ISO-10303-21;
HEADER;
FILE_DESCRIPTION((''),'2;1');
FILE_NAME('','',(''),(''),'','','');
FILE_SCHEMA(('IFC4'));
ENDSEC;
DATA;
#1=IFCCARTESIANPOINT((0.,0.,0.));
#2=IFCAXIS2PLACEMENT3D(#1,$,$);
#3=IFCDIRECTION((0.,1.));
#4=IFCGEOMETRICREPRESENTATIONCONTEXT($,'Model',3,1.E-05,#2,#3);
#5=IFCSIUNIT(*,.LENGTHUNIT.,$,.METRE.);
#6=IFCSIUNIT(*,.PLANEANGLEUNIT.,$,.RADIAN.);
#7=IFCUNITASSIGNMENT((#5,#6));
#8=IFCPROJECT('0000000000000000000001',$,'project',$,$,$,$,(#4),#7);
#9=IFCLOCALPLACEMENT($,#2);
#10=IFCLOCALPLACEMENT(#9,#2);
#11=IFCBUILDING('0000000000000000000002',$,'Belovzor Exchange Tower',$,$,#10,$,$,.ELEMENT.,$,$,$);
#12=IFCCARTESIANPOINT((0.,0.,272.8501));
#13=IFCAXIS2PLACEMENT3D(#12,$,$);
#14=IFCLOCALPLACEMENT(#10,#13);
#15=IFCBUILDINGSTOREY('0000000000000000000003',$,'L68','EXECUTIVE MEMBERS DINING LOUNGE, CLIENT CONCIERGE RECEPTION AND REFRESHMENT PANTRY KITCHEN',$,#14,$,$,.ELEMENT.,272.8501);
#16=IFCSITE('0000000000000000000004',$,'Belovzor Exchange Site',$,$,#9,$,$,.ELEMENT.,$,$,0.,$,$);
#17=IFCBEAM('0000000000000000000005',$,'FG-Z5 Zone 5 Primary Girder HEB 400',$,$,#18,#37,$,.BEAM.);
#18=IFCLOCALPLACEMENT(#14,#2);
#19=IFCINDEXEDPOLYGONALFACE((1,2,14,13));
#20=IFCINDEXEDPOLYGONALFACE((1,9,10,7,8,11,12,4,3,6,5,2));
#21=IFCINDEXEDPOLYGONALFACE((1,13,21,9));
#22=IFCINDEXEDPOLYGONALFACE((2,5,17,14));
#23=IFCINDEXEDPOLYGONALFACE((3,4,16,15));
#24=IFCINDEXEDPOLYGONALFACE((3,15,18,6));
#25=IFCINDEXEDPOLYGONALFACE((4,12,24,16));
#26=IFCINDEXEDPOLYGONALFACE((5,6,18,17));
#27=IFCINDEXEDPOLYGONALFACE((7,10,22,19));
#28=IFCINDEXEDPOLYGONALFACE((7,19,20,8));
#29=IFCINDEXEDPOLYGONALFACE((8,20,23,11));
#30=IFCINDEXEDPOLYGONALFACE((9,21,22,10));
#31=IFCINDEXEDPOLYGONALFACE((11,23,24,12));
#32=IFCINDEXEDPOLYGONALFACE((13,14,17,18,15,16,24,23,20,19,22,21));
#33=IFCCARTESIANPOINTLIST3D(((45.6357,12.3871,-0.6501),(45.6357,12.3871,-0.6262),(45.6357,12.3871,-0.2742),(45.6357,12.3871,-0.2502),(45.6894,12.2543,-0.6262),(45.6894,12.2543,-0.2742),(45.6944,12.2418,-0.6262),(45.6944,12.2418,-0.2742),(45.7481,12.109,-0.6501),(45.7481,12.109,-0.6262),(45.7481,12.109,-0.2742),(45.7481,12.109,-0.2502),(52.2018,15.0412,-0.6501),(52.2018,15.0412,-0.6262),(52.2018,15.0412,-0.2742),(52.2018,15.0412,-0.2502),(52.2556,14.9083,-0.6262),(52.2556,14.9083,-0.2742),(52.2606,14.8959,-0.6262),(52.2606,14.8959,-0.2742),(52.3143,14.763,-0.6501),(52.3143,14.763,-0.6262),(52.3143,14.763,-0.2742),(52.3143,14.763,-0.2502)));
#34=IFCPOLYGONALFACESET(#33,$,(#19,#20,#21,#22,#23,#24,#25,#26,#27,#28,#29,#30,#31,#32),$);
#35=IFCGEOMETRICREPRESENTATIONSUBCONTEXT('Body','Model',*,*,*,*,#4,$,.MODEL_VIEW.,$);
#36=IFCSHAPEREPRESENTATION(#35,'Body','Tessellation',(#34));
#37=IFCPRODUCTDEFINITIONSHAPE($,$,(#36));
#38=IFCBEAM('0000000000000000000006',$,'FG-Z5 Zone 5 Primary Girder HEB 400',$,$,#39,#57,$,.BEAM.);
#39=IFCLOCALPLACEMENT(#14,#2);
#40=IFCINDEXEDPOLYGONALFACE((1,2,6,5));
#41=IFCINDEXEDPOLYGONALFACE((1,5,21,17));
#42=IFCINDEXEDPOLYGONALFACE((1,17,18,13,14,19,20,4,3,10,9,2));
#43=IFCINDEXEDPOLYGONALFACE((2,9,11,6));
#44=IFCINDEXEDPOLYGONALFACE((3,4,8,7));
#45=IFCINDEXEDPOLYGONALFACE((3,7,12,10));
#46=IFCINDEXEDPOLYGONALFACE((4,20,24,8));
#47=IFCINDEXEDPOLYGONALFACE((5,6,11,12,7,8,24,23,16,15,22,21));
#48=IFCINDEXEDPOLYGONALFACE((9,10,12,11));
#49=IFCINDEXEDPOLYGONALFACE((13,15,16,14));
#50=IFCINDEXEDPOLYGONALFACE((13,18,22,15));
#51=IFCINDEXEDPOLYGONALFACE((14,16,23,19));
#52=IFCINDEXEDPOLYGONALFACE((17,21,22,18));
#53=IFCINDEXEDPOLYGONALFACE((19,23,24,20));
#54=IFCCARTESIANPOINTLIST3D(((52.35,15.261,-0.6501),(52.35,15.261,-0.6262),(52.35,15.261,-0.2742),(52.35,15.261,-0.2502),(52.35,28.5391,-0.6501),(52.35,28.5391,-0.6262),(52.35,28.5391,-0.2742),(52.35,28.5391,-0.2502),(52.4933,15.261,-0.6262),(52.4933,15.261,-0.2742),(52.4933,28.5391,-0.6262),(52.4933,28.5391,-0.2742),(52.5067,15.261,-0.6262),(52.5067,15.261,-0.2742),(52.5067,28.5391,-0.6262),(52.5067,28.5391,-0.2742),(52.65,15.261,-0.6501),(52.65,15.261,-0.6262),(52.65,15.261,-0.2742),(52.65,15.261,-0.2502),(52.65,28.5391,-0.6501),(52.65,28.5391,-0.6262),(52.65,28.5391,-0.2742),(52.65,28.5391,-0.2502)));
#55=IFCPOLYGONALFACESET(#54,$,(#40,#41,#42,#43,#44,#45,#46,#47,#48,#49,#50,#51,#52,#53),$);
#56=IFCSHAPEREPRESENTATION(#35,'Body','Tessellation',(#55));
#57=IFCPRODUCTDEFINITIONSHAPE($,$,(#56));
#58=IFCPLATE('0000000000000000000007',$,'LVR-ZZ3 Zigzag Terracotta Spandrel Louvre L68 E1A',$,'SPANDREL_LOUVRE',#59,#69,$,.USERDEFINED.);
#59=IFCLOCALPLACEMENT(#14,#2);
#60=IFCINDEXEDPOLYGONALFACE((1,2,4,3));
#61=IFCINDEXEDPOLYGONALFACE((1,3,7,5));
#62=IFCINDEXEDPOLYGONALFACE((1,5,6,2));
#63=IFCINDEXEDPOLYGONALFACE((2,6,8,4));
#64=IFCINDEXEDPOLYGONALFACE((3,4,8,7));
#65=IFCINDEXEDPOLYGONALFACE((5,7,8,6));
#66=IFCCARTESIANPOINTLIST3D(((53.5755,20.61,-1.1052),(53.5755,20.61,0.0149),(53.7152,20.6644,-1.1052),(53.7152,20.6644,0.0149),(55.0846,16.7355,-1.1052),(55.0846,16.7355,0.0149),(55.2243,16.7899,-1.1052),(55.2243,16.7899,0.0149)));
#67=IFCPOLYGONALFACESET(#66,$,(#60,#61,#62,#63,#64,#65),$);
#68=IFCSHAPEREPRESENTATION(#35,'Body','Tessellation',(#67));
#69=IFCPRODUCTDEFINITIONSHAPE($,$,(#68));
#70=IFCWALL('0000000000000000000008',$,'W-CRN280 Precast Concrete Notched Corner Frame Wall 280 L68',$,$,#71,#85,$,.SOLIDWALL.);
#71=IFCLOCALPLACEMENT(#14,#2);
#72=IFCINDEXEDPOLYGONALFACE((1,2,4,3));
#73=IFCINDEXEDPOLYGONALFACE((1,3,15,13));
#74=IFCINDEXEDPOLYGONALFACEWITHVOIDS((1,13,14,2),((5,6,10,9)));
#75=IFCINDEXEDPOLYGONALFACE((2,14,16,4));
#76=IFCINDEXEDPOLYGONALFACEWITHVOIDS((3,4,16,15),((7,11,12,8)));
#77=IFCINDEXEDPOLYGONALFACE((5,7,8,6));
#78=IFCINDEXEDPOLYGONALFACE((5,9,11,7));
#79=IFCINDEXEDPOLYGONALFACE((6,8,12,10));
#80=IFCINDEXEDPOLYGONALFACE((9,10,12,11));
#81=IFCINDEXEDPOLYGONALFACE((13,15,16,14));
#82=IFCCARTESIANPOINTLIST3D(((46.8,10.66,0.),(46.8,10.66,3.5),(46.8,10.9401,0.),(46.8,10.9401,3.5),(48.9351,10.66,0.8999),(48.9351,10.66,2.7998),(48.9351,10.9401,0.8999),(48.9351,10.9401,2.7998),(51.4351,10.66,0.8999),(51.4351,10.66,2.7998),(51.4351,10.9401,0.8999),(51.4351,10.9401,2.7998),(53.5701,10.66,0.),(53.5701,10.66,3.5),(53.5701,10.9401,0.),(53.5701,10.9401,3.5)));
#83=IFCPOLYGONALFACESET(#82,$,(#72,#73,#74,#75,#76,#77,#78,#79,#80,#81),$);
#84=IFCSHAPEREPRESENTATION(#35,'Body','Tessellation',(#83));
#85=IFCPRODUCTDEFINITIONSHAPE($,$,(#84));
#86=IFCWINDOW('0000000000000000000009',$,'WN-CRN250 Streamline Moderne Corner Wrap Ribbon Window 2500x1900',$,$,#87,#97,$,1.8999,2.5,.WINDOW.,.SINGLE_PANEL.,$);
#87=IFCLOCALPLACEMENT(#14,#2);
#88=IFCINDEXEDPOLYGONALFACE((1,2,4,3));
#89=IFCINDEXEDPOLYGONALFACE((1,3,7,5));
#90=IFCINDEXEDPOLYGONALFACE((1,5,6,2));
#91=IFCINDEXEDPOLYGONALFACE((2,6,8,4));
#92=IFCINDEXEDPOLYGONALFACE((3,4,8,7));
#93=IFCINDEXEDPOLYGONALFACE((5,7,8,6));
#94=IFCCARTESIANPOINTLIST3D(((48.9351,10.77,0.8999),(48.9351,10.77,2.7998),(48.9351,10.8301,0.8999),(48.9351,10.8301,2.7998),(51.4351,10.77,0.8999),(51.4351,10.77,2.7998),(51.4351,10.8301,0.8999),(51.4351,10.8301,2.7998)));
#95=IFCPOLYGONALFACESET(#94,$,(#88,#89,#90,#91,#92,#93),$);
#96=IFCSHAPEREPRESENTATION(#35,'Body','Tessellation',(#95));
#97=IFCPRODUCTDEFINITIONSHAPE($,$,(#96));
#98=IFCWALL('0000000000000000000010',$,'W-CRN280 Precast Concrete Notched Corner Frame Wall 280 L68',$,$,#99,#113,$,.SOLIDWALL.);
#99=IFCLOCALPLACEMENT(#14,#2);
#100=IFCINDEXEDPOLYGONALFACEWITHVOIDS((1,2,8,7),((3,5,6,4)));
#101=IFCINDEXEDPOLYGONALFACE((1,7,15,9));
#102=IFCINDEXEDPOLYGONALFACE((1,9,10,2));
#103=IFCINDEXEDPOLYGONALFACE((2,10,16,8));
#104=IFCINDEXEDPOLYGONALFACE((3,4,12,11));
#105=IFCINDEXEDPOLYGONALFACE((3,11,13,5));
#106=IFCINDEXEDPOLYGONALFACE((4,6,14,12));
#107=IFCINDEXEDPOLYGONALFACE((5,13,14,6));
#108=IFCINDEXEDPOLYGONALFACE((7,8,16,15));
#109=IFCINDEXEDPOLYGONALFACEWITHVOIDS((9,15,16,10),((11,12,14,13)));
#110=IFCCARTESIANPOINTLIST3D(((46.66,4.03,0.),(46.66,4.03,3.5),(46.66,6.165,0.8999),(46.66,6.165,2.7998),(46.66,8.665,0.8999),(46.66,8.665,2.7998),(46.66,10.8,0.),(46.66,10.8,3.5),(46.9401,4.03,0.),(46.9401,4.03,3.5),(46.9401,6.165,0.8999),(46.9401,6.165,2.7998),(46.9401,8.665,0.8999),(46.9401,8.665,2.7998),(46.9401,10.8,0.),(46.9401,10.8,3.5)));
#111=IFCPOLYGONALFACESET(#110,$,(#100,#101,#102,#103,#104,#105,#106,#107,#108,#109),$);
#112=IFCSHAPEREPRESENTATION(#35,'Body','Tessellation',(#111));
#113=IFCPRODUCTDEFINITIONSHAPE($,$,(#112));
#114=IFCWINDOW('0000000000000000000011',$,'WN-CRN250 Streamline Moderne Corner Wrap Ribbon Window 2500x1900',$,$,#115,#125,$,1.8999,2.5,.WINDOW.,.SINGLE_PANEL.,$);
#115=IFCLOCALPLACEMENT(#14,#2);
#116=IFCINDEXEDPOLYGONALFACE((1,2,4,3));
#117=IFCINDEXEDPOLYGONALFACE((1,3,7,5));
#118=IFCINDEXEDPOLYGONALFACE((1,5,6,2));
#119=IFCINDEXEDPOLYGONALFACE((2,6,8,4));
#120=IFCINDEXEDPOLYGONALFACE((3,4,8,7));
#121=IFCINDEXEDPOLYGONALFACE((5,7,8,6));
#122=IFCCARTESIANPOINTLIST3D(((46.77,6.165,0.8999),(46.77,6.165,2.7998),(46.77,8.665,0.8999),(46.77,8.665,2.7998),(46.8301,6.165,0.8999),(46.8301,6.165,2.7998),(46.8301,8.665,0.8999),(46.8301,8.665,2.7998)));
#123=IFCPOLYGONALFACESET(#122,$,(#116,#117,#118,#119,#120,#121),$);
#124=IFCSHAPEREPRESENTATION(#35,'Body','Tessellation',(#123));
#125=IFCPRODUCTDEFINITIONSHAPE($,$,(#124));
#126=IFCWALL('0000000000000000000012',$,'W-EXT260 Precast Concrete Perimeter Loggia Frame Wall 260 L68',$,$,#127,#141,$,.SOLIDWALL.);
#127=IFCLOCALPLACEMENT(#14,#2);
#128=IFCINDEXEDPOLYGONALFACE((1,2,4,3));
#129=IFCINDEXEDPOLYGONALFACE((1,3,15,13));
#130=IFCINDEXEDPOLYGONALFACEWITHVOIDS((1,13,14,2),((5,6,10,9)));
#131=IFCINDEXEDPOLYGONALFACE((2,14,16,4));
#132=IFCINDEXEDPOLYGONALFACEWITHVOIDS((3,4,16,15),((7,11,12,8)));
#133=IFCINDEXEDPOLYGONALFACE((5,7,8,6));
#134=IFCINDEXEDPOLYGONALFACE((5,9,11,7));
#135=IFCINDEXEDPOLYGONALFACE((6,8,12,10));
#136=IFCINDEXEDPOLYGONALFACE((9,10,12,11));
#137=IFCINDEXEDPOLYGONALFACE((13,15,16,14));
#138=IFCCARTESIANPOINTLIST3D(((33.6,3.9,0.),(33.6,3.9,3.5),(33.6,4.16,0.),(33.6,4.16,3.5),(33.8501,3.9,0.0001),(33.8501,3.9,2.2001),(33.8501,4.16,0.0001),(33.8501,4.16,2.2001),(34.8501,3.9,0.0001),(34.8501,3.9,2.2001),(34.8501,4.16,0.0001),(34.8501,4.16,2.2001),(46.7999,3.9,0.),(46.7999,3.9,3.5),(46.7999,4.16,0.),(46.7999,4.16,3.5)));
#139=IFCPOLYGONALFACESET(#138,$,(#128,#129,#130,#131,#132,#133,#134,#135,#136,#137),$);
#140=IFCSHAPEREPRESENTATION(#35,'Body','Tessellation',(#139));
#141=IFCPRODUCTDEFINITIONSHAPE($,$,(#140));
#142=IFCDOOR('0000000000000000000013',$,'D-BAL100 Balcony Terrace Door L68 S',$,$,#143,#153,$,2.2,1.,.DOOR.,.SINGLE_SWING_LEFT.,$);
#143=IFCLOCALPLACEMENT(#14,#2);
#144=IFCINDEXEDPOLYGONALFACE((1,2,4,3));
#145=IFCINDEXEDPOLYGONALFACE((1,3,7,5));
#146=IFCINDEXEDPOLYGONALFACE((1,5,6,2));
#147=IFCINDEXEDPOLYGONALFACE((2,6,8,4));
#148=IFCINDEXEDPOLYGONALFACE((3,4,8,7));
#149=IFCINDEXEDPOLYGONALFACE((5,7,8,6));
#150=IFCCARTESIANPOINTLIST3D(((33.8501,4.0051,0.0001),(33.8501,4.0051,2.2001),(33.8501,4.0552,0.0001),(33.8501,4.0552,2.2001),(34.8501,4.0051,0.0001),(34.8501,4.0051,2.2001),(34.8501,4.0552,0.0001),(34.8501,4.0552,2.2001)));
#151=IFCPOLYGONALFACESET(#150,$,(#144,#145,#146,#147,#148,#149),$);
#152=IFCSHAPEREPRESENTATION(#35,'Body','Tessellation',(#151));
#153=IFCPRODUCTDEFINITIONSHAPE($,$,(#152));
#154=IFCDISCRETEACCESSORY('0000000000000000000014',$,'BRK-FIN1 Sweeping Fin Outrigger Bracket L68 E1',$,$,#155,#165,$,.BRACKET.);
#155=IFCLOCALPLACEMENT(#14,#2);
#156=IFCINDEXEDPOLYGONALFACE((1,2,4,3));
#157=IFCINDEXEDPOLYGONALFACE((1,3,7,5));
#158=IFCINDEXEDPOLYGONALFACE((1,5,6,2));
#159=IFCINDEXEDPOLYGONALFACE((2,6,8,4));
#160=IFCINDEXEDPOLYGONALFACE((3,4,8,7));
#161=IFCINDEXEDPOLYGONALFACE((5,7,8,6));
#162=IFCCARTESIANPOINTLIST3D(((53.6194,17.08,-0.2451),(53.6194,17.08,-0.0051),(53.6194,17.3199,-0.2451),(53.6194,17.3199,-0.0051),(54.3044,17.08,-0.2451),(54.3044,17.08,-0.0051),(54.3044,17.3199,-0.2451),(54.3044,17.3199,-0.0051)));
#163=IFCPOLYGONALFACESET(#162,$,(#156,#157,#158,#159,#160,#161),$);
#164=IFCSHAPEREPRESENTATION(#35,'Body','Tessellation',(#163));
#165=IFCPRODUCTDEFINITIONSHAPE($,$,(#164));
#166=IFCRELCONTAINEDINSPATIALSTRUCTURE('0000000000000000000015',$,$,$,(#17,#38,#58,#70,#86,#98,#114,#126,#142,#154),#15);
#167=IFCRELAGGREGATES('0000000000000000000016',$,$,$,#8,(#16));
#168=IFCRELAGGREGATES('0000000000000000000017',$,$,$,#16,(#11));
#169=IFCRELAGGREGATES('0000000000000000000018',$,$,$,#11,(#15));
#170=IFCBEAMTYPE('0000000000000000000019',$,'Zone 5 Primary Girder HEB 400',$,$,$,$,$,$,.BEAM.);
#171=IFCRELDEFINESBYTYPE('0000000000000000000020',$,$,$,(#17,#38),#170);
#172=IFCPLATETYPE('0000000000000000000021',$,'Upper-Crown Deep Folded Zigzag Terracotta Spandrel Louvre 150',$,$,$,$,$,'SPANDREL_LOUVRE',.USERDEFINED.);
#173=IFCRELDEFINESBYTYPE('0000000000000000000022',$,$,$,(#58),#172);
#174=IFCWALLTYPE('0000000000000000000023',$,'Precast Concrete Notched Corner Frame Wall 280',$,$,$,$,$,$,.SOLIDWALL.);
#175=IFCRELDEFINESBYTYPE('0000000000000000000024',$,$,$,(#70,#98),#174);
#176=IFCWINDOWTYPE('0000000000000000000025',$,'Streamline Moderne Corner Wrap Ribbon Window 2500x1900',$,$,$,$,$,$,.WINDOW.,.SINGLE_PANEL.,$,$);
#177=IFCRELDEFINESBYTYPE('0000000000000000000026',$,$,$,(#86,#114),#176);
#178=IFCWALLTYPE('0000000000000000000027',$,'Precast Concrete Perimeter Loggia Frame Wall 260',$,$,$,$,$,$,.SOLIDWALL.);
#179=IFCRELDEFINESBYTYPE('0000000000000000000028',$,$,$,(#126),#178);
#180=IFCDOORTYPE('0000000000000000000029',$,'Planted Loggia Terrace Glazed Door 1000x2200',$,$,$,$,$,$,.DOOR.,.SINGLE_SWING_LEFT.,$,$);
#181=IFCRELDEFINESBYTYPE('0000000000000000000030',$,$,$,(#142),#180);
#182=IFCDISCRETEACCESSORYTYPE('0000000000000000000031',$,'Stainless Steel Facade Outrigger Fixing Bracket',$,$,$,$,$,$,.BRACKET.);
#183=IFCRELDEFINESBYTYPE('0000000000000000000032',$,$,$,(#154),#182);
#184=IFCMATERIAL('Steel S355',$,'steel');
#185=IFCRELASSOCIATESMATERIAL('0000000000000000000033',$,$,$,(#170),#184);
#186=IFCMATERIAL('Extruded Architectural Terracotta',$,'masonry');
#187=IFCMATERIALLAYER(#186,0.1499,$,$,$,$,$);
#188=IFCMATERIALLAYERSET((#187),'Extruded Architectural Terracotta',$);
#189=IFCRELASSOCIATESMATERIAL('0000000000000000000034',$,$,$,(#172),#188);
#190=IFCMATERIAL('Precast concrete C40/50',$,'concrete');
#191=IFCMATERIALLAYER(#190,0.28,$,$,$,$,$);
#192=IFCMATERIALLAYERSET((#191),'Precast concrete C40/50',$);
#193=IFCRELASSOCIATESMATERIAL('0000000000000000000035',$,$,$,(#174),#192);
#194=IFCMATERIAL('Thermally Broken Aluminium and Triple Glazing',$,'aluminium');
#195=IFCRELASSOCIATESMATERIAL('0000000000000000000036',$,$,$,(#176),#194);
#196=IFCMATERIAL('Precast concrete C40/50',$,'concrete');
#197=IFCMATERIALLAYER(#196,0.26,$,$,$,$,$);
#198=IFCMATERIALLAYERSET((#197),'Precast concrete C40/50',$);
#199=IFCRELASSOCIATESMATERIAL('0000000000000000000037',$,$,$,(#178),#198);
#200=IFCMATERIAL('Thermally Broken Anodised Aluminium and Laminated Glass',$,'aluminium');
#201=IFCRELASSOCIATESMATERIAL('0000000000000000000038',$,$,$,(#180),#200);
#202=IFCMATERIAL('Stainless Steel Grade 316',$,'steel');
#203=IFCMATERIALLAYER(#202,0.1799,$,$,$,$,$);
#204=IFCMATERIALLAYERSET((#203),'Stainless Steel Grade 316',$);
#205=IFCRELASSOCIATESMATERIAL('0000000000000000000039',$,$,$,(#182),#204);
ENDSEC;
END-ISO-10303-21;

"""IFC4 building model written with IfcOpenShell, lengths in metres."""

from ifc_helpers import new_model, si_unit, direction, frame, frame_2d, origin, origin_2d, place, context, subcontext, project, spatial, rectangle, i_section, extrude, material, layer, layer_set, material_profile, profile_set, type_object, element, fill, save


model = new_model("IFC4")

# Units and contexts
model_context = context("Model", 3, precision=1e-05, world=origin(), true_north=direction((0.0, 1.0)))
body_context = subcontext(model_context, "Body", "Model", "MODEL_VIEW")
ifc_project = project(units=[si_unit("LENGTHUNIT", "METRE"), si_unit("PLANEANGLEUNIT", "RADIAN")], contexts=[model_context])

# Site, building, storey
site_placement = place(None, origin())
site = spatial("IfcSite", under=ifc_project, at=site_placement, Name="Belovzor Exchange Site", CompositionType="ELEMENT", RefElevation=0.0)
building_placement = place(site_placement, origin())
building = spatial("IfcBuilding", under=site, at=building_placement, Name="Belovzor Exchange Tower", CompositionType="ELEMENT")
storey_placement = place(building_placement, frame((0.0, 0.0, 272.8501)))
storey = spatial("IfcBuildingStorey", under=building, at=storey_placement, Name="L68", Description="EXECUTIVE MEMBERS DINING LOUNGE, CLIENT CONCIERGE RECEPTION AND REFRESHMENT PANTRY KITCHEN", CompositionType="ELEMENT", Elevation=272.8501)

# Beams
ifc_material_1 = material(Name="Steel S355", Category="steel")
ifc_material_profile_1 = material_profile(ifc_material_1, i_section(OverallWidth=0.3, OverallDepth=0.3999, WebThickness=0.0134, FlangeThickness=0.0239, at=origin_2d()))
ifc_profile_set_1 = profile_set([ifc_material_profile_1], Name="Steel S355")
beam_type_1 = type_object("IfcBeamType", Name="Zone 5 Primary Girder HEB 400", PredefinedType="BEAM", material=ifc_profile_set_1)
beam_1_placement = place(storey_placement, frame((45.6919, 12.248, -0.4502), z_axis=(0.927127, 0.374746, 0.0), x_axis=(-0.374746, 0.927127, 0.0)))
element("IfcBeam", 1, at=beam_1_placement, inside=storey, type_object=beam_type_1, Name="FG-Z5 Zone 5 Primary Girder HEB 400", PredefinedType="BEAM", context=body_context, shape_type="SweptSolid", body=[
    extrude(i_section(OverallWidth=0.3, OverallDepth=0.3999, WebThickness=0.0134, FlangeThickness=0.0239, at=origin_2d()), origin(), (0.0, 0.0, 1.0), 7.0823),
])
beam_2_placement = place(storey_placement, frame((52.5, 15.261, -0.4502), z_axis=(0.0, 1.0, 0.0), x_axis=(-1.0, 0.0, 0.0)))
element("IfcBeam", 2, at=beam_2_placement, inside=storey, type_object=beam_type_1, Name="FG-Z5 Zone 5 Primary Girder HEB 400", PredefinedType="BEAM", context=body_context, shape_type="SweptSolid", body=[
    extrude(i_section(OverallWidth=0.3, OverallDepth=0.3999, WebThickness=0.0134, FlangeThickness=0.0239, at=origin_2d()), origin(), (0.0, 0.0, 1.0), 13.2781),
])

# Plate
ifc_material_2 = material(Name="Extruded Architectural Terracotta", Category="masonry")
ifc_layer_1 = layer(ifc_material_2, 0.1499)
ifc_layer_set_1 = layer_set([ifc_layer_1], Name="Extruded Architectural Terracotta")
plate_type = type_object("IfcPlateType", Name="Upper-Crown Deep Folded Zigzag Terracotta Spandrel Louvre 150", ElementType="SPANDREL_LOUVRE", PredefinedType="USERDEFINED", material=ifc_layer_set_1)
plate_placement = place(storey_placement, frame((54.3999, 18.7, -1.1052), z_axis=(0.0, 0.0, 1.0), x_axis=(-0.362926, 0.931818, 0.0)))
element("IfcPlate", 3, at=plate_placement, inside=storey, type_object=plate_type, Name="LVR-ZZ3 Zigzag Terracotta Spandrel Louvre L68 E1A", ObjectType="SPANDREL_LOUVRE", PredefinedType="USERDEFINED", context=body_context, shape_type="SweptSolid", body=[
    extrude(rectangle(XDim=4.158, YDim=0.1499, at=origin_2d()), origin(), (0.0, 0.0, 1.0), 1.1201),
])

# Walls, openings, windows
ifc_material_3 = material(Name="Precast concrete C40/50", Category="concrete")
ifc_layer_2 = layer(ifc_material_3, 0.28)
ifc_layer_set_2 = layer_set([ifc_layer_2], Name="Precast concrete C40/50")
wall_type_1 = type_object("IfcWallType", Name="Precast Concrete Notched Corner Frame Wall 280", PredefinedType="SOLIDWALL", material=ifc_layer_set_2)
wall_1_placement = place(storey_placement, frame((53.5701, 10.8, 0.0), z_axis=(0.0, 0.0, 1.0), x_axis=(-1.0, 0.0, 0.0)))
wall_1 = element("IfcWall", 4, at=wall_1_placement, inside=storey, type_object=wall_type_1, Name="W-CRN280 Precast Concrete Notched Corner Frame Wall 280 L68", PredefinedType="SOLIDWALL", context=body_context, shape_type="SweptSolid", body=[
    extrude(rectangle(XDim=6.77, YDim=0.28, at=frame_2d((3.385, 0.0))), origin(), (0.0, 0.0, 1.0), 3.5),
])
opening_1_placement = place(wall_1_placement, frame((2.135, 0.0, 0.8999)))
opening_1 = element("IfcOpeningElement", 5, at=opening_1_placement, cuts=wall_1, PredefinedType="OPENING", context=body_context, shape_type="SweptSolid", body=[
    extrude(rectangle(XDim=2.5, YDim=1.8999, at=frame_2d((1.25, 0.95))), frame((0.0, 0.1499, 0.0), z_axis=(0.0, -1.0, 0.0), x_axis=(1.0, 0.0, 0.0)), (0.0, 0.0, 1.0), 0.3),
])
ifc_material_4 = material(Name="Thermally Broken Aluminium and Triple Glazing", Category="aluminium")
window_type = type_object("IfcWindowType", Name="Streamline Moderne Corner Wrap Ribbon Window 2500x1900", PartitioningType="SINGLE_PANEL", PredefinedType="WINDOW", material=ifc_material_4)
window_1_placement = place(opening_1_placement, origin())
window_1 = element("IfcWindow", 6, at=window_1_placement, inside=storey, type_object=window_type, Name="WN-CRN250 Streamline Moderne Corner Wrap Ribbon Window 2500x1900", OverallHeight=1.8999, OverallWidth=2.5, PartitioningType="SINGLE_PANEL", PredefinedType="WINDOW", context=body_context, shape_type="SweptSolid", body=[
    extrude(rectangle(XDim=2.5, YDim=1.8999, at=frame_2d((1.25, 0.95))), frame((0.0, 0.03, 0.0), z_axis=(0.0, -1.0, 0.0), x_axis=(1.0, 0.0, 0.0)), (0.0, 0.0, 1.0), 0.0601),
])
fill(opening_1, window_1)
wall_2_placement = place(storey_placement, frame((46.8, 10.8, 0.0), z_axis=(0.0, 0.0, 1.0), x_axis=(0.0, -1.0, 0.0)))
wall_2 = element("IfcWall", 7, at=wall_2_placement, inside=storey, type_object=wall_type_1, Name="W-CRN280 Precast Concrete Notched Corner Frame Wall 280 L68", PredefinedType="SOLIDWALL", context=body_context, shape_type="SweptSolid", body=[
    extrude(rectangle(XDim=6.77, YDim=0.28, at=frame_2d((3.385, 0.0))), origin(), (0.0, 0.0, 1.0), 3.5),
])
opening_2_placement = place(wall_2_placement, frame((2.135, 0.0, 0.8999)))
opening_2 = element("IfcOpeningElement", 8, at=opening_2_placement, cuts=wall_2, PredefinedType="OPENING", context=body_context, shape_type="SweptSolid", body=[
    extrude(rectangle(XDim=2.5, YDim=1.8999, at=frame_2d((1.25, 0.95))), frame((0.0, 0.1499, 0.0), z_axis=(0.0, -1.0, 0.0), x_axis=(1.0, 0.0, 0.0)), (0.0, 0.0, 1.0), 0.3),
])
window_2_placement = place(opening_2_placement, origin())
window_2 = element("IfcWindow", 9, at=window_2_placement, inside=storey, type_object=window_type, Name="WN-CRN250 Streamline Moderne Corner Wrap Ribbon Window 2500x1900", OverallHeight=1.8999, OverallWidth=2.5, PartitioningType="SINGLE_PANEL", PredefinedType="WINDOW", context=body_context, shape_type="SweptSolid", body=[
    extrude(rectangle(XDim=2.5, YDim=1.8999, at=frame_2d((1.25, 0.95))), frame((0.0, 0.03, 0.0), z_axis=(0.0, -1.0, 0.0), x_axis=(1.0, 0.0, 0.0)), (0.0, 0.0, 1.0), 0.0601),
])
fill(opening_2, window_2)

# Wall, opening, door
ifc_material_5 = material(Name="Precast concrete C40/50", Category="concrete")
ifc_layer_3 = layer(ifc_material_5, 0.26)
ifc_layer_set_3 = layer_set([ifc_layer_3], Name="Precast concrete C40/50")
wall_type_2 = type_object("IfcWallType", Name="Precast Concrete Perimeter Loggia Frame Wall 260", PredefinedType="SOLIDWALL", material=ifc_layer_set_3)
wall_3_placement = place(storey_placement, frame((46.8, 4.03, 0.0), z_axis=(0.0, 0.0, 1.0), x_axis=(-1.0, 0.0, 0.0)))
wall_3 = element("IfcWall", 10, at=wall_3_placement, inside=storey, type_object=wall_type_2, Name="W-EXT260 Precast Concrete Perimeter Loggia Frame Wall 260 L68", PredefinedType="SOLIDWALL", context=body_context, shape_type="SweptSolid", body=[
    extrude(rectangle(XDim=13.2, YDim=0.26, at=frame_2d((6.6001, 0.0))), origin(), (0.0, 0.0, 1.0), 3.5),
])
opening_3_placement = place(wall_3_placement, frame((11.95, 0.0, 0.0)))
opening_3 = element("IfcOpeningElement", 11, at=opening_3_placement, cuts=wall_3, PredefinedType="OPENING", context=body_context, shape_type="SweptSolid", body=[
    extrude(rectangle(XDim=1.0, YDim=2.2, at=frame_2d((0.5, 1.1001))), frame((0.0, 0.1399, 0.0), z_axis=(0.0, -1.0, 0.0), x_axis=(1.0, 0.0, 0.0)), (0.0, 0.0, 1.0), 0.28),
])
ifc_material_6 = material(Name="Thermally Broken Anodised Aluminium and Laminated Glass", Category="aluminium")
door_type = type_object("IfcDoorType", Name="Planted Loggia Terrace Glazed Door 1000x2200", OperationType="SINGLE_SWING_LEFT", PredefinedType="DOOR", material=ifc_material_6)
door_placement = place(opening_3_placement, origin())
door = element("IfcDoor", 12, at=door_placement, inside=storey, type_object=door_type, Name="D-BAL100 Balcony Terrace Door L68 S", OperationType="SINGLE_SWING_LEFT", OverallHeight=2.2, OverallWidth=1.0, PredefinedType="DOOR", context=body_context, shape_type="SweptSolid", body=[
    extrude(rectangle(XDim=1.0, YDim=2.2, at=frame_2d((0.5, 1.1001))), frame((0.0, 0.0249, 0.0), z_axis=(0.0, -1.0, 0.0), x_axis=(1.0, 0.0, 0.0)), (0.0, 0.0, 1.0), 0.05),
])
fill(opening_3, door)

# Discrete accessory
ifc_material_7 = material(Name="Stainless Steel Grade 316", Category="steel")
ifc_layer_4 = layer(ifc_material_7, 0.1799)
ifc_layer_set_4 = layer_set([ifc_layer_4], Name="Stainless Steel Grade 316")
discrete_accessory_type = type_object("IfcDiscreteAccessoryType", Name="Stainless Steel Facade Outrigger Fixing Bracket", PredefinedType="BRACKET", material=ifc_layer_set_4)
for number, where, z_axis, x_axis, name in (
    (13, (53.9619, 17.2, -0.2451), (0.0, 0.0, 1.0), (1.0, 0.0, 0.0), "BRK-FIN1 Sweeping Fin Outrigger Bracket L68 E1"),
):
    element("IfcDiscreteAccessory", number, at=place(storey_placement, frame(where, z_axis=z_axis, x_axis=x_axis)), inside=storey, type_object=discrete_accessory_type, Name=name, PredefinedType="BRACKET", context=body_context, shape_type="SweptSolid", body=[
        extrude(rectangle(XDim=0.6851, YDim=0.24, at=origin_2d()), origin(), (0.0, 0.0, 1.0), 0.24),
    ])

save(model, "model.ifc")
